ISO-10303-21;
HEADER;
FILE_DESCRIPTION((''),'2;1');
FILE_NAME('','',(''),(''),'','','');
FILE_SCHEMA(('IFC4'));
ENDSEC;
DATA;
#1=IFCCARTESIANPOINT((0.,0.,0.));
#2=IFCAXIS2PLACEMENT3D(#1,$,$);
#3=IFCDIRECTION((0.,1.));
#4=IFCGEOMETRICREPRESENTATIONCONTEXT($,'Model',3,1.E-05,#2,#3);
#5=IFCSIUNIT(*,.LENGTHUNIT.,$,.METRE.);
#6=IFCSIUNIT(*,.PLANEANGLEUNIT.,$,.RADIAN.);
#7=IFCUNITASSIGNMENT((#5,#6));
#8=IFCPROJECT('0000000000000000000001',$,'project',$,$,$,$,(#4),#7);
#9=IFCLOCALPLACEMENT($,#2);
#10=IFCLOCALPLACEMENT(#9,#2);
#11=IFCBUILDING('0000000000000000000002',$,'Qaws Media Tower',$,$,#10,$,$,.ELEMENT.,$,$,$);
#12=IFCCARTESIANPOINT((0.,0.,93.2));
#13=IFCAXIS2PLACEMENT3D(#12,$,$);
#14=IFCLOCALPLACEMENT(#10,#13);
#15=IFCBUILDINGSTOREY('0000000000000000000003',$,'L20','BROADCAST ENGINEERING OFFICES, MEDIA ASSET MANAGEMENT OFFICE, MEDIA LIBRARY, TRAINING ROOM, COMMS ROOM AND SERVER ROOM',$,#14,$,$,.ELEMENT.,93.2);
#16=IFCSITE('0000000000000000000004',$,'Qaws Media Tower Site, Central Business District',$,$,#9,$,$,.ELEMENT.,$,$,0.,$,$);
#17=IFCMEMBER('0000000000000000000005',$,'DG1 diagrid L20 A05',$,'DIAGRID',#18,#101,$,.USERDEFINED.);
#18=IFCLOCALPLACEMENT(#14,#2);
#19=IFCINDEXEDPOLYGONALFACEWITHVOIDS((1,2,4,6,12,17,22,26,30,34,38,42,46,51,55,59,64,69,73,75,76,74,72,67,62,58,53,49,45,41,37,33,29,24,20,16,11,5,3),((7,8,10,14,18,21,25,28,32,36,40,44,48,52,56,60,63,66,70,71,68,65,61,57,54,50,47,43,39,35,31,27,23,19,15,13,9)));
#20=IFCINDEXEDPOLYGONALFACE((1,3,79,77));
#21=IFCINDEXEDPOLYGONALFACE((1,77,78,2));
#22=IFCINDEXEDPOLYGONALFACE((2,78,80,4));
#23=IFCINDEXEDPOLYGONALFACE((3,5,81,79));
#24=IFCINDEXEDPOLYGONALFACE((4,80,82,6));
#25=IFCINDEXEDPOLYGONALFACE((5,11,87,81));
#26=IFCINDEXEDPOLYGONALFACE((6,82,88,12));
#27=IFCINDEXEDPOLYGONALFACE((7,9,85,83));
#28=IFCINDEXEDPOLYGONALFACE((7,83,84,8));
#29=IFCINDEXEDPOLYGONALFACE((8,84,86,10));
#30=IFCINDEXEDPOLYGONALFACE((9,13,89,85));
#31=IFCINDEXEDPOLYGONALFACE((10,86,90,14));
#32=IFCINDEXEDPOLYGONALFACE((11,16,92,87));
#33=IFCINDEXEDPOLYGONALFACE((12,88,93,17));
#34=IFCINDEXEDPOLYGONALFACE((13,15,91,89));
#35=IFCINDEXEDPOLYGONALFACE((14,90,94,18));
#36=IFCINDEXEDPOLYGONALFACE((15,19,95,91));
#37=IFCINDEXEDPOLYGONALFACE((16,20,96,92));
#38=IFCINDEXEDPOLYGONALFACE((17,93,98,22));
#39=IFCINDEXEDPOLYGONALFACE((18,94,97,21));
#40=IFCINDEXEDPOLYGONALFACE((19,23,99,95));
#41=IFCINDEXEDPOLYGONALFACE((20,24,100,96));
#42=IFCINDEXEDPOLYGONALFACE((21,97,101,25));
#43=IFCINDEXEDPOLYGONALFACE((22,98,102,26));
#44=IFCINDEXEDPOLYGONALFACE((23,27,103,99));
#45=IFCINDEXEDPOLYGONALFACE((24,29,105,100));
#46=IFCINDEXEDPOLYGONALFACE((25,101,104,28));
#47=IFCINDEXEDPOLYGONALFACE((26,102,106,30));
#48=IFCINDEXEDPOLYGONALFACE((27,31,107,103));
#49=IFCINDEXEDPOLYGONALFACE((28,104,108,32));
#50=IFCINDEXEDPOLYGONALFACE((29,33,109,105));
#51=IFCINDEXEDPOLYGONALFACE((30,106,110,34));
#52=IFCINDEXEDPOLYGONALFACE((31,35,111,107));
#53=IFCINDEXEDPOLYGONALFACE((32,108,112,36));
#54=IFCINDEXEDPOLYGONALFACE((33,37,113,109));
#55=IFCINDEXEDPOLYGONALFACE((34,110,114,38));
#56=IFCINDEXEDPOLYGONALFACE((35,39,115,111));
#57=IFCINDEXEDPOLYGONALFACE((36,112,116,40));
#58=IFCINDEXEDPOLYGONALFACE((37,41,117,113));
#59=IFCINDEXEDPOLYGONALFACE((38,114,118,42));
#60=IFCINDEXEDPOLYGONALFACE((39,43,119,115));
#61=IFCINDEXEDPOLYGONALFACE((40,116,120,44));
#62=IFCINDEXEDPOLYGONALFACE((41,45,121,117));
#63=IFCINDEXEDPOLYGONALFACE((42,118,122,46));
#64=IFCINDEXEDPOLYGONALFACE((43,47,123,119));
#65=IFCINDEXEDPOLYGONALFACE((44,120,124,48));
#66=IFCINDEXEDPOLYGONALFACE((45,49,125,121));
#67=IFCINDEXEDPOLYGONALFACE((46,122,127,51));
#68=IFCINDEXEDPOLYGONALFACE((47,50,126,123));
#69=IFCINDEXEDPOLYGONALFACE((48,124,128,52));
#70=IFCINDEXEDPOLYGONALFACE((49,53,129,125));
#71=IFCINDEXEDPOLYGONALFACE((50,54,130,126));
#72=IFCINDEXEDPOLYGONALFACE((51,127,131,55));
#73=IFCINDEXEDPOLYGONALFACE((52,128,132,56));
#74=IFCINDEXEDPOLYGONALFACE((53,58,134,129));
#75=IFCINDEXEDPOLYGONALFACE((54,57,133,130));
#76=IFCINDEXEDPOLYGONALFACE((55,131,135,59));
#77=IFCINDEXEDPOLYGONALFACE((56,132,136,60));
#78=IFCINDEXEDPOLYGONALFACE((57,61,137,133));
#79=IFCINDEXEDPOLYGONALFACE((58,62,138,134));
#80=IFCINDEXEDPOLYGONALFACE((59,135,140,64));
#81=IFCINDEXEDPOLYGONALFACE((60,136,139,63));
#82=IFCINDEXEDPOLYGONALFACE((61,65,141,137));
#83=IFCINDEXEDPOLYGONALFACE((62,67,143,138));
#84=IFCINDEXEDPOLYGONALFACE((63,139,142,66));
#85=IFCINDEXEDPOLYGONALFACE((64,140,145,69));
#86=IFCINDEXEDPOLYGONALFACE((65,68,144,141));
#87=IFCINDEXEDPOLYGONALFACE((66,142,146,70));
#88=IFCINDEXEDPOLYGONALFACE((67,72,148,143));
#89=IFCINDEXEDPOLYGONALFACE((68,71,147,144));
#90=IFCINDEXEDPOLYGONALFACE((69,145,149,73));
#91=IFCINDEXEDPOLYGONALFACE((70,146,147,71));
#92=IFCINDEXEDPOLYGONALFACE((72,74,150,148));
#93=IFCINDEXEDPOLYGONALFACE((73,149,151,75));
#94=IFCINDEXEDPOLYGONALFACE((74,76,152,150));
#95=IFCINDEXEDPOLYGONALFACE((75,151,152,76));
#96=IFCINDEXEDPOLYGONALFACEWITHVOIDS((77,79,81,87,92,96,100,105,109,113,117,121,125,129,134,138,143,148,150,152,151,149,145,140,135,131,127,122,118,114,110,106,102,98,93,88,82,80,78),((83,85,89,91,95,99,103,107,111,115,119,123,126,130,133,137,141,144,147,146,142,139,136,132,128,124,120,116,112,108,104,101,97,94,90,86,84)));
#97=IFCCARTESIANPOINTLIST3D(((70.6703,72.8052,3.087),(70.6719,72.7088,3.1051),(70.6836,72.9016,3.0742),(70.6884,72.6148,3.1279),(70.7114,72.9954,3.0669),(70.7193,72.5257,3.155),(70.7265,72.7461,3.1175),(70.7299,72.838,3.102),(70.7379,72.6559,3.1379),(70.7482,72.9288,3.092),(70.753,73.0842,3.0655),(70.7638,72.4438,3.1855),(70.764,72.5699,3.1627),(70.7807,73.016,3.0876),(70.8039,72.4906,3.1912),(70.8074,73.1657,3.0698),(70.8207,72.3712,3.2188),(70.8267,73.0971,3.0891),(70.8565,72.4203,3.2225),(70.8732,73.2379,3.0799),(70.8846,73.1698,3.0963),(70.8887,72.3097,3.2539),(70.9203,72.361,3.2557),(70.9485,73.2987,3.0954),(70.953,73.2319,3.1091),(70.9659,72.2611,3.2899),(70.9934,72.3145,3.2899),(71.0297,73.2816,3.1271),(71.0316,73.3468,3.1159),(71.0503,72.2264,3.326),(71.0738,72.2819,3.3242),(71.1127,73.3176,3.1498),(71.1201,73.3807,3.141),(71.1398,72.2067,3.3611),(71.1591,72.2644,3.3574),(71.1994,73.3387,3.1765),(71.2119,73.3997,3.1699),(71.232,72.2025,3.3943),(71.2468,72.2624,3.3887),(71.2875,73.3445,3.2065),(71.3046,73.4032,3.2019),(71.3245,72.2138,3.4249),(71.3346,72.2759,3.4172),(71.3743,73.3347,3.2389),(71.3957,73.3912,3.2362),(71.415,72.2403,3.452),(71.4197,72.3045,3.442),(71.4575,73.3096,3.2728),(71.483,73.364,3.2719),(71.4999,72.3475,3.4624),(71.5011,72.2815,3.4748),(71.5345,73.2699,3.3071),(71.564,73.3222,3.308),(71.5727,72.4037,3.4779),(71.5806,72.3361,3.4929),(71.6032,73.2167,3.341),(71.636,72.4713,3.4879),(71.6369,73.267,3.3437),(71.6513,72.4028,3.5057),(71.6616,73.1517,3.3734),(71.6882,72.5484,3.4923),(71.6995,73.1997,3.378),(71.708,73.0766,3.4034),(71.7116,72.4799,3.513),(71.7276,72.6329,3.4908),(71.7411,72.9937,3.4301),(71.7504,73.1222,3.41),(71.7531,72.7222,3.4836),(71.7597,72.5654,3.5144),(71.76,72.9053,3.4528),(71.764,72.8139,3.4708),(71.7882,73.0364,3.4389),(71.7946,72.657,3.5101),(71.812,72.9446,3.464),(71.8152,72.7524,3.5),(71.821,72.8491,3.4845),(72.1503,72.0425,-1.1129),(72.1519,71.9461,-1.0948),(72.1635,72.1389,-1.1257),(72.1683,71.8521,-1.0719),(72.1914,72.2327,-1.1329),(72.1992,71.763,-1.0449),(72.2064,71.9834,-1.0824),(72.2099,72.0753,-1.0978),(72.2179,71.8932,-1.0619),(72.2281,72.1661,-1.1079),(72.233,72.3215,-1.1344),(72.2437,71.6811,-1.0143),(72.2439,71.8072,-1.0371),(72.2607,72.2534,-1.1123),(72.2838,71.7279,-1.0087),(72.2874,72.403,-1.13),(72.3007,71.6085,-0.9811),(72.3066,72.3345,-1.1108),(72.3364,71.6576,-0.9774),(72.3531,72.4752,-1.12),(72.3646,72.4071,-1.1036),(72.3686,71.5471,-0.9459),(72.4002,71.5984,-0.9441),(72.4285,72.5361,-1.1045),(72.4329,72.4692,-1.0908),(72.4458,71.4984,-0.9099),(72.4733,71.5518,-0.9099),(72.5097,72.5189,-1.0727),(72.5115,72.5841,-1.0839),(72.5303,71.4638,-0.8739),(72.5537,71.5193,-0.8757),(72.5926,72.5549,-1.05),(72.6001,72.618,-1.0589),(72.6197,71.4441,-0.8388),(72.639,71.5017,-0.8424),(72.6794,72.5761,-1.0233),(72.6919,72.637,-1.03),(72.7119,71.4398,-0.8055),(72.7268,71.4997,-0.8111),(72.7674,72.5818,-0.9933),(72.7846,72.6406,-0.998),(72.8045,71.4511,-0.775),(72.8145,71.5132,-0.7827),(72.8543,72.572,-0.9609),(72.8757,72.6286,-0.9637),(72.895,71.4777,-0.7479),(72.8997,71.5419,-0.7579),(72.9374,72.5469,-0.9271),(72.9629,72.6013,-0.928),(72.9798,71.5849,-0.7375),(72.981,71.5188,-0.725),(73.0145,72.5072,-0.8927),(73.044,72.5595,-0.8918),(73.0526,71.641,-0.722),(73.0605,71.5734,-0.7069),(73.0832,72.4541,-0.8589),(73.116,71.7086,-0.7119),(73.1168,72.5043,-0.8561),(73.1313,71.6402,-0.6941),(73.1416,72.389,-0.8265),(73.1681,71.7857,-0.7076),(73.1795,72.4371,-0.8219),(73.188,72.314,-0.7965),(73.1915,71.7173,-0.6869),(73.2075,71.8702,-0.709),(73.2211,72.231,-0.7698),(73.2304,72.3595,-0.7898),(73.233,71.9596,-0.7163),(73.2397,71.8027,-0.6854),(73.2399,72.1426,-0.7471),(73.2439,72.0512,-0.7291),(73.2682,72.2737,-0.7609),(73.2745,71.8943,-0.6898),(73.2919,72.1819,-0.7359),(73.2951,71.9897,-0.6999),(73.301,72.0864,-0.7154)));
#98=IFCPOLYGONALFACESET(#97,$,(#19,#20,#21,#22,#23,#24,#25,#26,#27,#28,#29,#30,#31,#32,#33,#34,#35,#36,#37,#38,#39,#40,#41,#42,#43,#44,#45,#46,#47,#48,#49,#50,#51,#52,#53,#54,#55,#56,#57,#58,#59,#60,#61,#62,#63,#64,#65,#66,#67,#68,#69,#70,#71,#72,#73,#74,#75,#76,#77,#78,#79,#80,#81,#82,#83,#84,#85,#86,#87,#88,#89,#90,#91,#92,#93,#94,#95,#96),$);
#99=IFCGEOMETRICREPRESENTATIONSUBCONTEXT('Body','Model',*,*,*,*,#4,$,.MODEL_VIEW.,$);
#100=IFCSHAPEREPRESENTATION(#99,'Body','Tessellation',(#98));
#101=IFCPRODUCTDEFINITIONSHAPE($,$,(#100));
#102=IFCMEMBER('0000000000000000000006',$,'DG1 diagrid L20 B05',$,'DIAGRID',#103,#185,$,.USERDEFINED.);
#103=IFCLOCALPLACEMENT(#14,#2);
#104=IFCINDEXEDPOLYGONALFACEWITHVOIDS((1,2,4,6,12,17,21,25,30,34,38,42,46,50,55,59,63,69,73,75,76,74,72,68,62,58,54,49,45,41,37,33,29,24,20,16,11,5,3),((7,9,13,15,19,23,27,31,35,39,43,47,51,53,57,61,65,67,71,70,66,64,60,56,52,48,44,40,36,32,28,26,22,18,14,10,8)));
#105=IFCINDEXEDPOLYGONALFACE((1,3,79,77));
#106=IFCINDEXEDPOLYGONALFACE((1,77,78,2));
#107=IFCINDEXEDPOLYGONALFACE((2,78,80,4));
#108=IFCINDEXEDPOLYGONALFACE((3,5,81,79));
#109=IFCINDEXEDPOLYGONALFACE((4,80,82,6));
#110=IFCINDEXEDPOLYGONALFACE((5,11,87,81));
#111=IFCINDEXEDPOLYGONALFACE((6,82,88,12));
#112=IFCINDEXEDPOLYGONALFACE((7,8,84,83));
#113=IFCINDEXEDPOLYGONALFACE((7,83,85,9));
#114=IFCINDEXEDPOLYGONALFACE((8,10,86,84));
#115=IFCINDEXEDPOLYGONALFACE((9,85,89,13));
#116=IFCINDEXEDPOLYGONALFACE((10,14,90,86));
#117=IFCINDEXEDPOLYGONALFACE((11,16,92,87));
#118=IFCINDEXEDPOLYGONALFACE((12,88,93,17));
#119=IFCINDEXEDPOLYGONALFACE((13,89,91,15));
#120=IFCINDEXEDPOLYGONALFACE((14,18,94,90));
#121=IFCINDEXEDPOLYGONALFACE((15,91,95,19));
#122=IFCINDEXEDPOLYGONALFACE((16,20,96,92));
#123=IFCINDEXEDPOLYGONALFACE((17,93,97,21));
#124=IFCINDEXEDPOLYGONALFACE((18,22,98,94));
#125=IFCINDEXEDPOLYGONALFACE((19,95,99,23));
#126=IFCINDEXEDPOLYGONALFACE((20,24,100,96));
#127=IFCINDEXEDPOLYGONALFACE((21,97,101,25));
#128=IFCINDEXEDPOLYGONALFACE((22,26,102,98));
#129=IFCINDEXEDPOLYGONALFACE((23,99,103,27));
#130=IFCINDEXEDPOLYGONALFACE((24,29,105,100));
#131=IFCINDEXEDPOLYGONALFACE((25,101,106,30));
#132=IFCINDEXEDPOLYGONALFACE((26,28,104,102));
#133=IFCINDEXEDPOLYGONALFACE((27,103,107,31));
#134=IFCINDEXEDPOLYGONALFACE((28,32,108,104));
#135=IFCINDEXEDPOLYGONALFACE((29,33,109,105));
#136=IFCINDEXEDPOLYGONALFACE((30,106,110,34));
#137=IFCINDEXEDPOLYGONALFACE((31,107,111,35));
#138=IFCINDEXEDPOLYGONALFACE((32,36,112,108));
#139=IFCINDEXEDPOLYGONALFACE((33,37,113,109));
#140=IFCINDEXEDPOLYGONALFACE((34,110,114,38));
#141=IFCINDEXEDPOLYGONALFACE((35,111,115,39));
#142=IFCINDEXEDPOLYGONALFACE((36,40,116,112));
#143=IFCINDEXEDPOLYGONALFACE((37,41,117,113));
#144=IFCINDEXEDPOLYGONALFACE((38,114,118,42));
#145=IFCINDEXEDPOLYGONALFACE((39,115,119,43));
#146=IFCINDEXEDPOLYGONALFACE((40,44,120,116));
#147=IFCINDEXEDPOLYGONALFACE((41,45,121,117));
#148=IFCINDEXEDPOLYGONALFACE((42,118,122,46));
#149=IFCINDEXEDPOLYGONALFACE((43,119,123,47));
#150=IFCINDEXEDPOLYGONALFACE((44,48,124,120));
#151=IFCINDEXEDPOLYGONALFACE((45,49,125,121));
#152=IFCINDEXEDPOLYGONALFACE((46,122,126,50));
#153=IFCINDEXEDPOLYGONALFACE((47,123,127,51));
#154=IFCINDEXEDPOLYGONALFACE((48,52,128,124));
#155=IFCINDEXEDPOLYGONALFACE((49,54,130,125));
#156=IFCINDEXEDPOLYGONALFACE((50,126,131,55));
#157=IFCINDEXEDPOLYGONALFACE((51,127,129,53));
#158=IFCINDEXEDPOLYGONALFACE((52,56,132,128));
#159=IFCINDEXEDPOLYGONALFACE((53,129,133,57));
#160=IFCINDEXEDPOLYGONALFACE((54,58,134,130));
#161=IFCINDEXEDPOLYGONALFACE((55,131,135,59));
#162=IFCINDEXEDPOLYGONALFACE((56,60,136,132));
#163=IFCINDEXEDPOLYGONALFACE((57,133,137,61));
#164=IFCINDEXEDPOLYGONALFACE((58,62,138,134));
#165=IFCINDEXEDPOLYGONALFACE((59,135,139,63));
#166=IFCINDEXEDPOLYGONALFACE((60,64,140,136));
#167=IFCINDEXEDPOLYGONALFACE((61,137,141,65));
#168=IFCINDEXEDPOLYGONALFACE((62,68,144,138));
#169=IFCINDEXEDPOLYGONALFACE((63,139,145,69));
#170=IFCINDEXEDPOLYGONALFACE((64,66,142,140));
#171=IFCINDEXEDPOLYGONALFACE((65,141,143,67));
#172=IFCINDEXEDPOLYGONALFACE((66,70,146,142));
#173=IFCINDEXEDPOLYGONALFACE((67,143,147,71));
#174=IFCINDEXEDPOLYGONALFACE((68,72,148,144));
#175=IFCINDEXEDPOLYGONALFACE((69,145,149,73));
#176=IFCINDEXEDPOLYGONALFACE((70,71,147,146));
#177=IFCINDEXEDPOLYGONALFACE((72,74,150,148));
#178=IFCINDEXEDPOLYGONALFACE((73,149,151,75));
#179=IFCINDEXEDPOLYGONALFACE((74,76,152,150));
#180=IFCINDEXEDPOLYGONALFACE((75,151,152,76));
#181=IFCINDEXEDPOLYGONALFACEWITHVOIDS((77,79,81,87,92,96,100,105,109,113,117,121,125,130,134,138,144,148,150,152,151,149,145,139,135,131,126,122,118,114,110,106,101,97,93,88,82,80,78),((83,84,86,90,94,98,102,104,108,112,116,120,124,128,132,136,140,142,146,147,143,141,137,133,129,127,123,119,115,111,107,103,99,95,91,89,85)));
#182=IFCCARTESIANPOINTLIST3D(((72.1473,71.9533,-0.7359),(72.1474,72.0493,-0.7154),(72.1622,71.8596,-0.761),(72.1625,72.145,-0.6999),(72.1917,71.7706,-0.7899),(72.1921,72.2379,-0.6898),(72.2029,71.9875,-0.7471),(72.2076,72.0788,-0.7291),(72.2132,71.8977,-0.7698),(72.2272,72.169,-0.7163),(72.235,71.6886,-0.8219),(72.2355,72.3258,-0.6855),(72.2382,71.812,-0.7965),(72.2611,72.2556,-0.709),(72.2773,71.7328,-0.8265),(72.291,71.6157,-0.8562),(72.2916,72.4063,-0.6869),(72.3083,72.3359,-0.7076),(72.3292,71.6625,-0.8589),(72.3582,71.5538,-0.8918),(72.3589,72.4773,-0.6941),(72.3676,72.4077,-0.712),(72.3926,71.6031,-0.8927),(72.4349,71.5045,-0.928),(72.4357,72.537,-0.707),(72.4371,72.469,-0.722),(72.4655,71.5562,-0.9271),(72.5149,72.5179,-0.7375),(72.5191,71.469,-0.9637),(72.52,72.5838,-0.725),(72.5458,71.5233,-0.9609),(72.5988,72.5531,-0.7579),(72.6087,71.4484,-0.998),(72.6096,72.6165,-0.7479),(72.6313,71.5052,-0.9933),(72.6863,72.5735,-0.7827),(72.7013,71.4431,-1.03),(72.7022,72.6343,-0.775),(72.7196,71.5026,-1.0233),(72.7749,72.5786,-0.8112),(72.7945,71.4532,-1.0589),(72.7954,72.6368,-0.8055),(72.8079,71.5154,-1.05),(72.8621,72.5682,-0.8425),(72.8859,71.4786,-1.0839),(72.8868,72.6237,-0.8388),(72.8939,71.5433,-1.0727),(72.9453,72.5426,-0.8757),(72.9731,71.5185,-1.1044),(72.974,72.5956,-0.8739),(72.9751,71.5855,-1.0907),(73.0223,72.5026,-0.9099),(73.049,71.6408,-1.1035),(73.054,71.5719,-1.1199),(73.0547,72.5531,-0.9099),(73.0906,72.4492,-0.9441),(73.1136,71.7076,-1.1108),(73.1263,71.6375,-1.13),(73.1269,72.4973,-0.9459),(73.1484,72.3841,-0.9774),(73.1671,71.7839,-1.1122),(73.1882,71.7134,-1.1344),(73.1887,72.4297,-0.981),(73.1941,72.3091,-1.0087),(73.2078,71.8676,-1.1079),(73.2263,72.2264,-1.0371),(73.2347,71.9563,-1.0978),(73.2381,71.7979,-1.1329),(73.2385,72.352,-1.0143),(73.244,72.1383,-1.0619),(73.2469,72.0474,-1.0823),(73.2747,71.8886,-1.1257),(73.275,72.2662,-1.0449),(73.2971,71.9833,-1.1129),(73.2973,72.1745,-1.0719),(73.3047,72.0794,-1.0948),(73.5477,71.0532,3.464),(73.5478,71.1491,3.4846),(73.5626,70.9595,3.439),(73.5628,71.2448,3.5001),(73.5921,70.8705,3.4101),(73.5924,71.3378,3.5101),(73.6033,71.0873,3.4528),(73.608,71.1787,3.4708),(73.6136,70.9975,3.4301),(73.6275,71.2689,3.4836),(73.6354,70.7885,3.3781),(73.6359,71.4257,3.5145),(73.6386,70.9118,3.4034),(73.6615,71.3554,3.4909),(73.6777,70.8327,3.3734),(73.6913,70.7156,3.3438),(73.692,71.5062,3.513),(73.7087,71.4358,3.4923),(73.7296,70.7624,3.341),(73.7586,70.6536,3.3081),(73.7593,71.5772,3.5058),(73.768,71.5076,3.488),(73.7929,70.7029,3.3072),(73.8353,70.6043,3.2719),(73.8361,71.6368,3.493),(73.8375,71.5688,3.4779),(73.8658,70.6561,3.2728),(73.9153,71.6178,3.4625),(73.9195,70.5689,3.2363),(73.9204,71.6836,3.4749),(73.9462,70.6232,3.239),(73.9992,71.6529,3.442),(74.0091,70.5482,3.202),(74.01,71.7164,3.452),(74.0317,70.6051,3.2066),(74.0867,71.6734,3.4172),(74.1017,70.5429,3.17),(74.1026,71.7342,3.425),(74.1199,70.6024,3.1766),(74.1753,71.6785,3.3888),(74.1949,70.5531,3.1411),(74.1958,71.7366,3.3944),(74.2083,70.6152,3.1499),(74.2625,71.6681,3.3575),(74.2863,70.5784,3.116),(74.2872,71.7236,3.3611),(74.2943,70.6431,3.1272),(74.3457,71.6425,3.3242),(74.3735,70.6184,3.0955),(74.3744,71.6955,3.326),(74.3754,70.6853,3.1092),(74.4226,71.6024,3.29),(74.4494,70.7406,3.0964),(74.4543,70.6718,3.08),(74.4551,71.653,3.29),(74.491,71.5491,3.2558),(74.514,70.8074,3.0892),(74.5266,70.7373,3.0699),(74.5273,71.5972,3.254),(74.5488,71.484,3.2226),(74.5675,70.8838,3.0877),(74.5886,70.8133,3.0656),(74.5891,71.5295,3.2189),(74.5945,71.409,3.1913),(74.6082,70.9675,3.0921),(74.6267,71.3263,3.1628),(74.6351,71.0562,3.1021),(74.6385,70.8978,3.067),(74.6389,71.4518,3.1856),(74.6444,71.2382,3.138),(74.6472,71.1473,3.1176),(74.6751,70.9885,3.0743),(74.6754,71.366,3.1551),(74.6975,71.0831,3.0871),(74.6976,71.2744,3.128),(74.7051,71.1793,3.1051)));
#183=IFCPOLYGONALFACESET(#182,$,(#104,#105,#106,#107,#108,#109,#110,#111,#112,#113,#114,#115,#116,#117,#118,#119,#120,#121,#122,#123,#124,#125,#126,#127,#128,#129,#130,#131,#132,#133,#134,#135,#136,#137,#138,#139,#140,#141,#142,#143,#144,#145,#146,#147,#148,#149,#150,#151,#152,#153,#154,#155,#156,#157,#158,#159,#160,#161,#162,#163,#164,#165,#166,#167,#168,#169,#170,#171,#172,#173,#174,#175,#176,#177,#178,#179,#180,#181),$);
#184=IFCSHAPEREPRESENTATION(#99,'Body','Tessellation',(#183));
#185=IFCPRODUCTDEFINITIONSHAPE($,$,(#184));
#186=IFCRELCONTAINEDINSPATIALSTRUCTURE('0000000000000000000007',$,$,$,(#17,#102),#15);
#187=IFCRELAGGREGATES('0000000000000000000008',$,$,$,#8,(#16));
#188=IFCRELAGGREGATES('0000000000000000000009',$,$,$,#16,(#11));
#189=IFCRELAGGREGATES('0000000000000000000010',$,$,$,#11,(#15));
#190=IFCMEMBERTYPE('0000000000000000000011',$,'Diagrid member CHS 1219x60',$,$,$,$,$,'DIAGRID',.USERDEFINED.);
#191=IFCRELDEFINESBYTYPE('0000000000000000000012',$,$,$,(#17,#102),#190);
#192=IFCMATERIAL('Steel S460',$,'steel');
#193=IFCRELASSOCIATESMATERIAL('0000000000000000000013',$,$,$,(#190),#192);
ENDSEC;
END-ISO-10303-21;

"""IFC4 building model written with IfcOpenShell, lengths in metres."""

from ifc_helpers import new_model, si_unit, direction, frame, origin, origin_2d, place, context, subcontext, project, spatial, hollow_circle, extrude, material, material_profile, profile_set, type_object, element, save


model = new_model("IFC4")

# Units and contexts
model_context = context("Model", 3, precision=1e-05, world=origin(), true_north=direction((0.0, 1.0)))
body_context = subcontext(model_context, "Body", "Model", "MODEL_VIEW")
ifc_project = project(units=[si_unit("LENGTHUNIT", "METRE"), si_unit("PLANEANGLEUNIT", "RADIAN")], contexts=[model_context])

# Site, building, storey
site_placement = place(None, origin())
site = spatial("IfcSite", under=ifc_project, at=site_placement, Name="Qaws Media Tower Site, Central Business District", CompositionType="ELEMENT", RefElevation=0.0)
building_placement = place(site_placement, origin())
building = spatial("IfcBuilding", under=site, at=building_placement, Name="Qaws Media Tower", CompositionType="ELEMENT")
storey_placement = place(building_placement, frame((0.0, 0.0, 93.2)))
storey = spatial("IfcBuildingStorey", under=building, at=storey_placement, Name="L20", Description="BROADCAST ENGINEERING OFFICES, MEDIA ASSET MANAGEMENT OFFICE, MEDIA LIBRARY, TRAINING ROOM, COMMS ROOM AND SERVER ROOM", CompositionType="ELEMENT", Elevation=93.2)

# Members
ifc_material_1 = material(Name="Steel S460", Category="steel")
ifc_material_profile_1 = material_profile(ifc_material_1, hollow_circle(Radius=0.6096, WallThickness=0.0601, at=origin_2d()), Name="CHS 1219x60")
ifc_profile_set_1 = profile_set([ifc_material_profile_1], Name="Steel S460")
member_type_1 = type_object("IfcMemberType", Name="Diagrid member CHS 1219x60", ElementType="DIAGRID", PredefinedType="USERDEFINED", material=ifc_profile_set_1)
for number, where, z_axis, x_axis, name in (
    (1, (72.7251, 72.0403, -0.9099), (-0.32758, 0.168815, 0.92962), (-0.45809, -0.888906, 0.0), "DG1 diagrid L20 A05"),
    (2, (72.7251, 72.0403, -0.9099), (0.309969, -0.199242, 0.929635), (0.540713, 0.841207, 0.0), "DG1 diagrid L20 B05"),
):
    element("IfcMember", number, at=place(storey_placement, frame(where, z_axis=z_axis, x_axis=x_axis)), inside=storey, type_object=member_type_1, Name=name, ObjectType="DIAGRID", PredefinedType="USERDEFINED", context=body_context, shape_type="SweptSolid", body=[
        extrude(hollow_circle(Radius=0.6096, WallThickness=0.0601, at=origin_2d()), origin(), (0.0, 0.0, 1.0), 4.5178),
    ])

save(model, "model.ifc")
